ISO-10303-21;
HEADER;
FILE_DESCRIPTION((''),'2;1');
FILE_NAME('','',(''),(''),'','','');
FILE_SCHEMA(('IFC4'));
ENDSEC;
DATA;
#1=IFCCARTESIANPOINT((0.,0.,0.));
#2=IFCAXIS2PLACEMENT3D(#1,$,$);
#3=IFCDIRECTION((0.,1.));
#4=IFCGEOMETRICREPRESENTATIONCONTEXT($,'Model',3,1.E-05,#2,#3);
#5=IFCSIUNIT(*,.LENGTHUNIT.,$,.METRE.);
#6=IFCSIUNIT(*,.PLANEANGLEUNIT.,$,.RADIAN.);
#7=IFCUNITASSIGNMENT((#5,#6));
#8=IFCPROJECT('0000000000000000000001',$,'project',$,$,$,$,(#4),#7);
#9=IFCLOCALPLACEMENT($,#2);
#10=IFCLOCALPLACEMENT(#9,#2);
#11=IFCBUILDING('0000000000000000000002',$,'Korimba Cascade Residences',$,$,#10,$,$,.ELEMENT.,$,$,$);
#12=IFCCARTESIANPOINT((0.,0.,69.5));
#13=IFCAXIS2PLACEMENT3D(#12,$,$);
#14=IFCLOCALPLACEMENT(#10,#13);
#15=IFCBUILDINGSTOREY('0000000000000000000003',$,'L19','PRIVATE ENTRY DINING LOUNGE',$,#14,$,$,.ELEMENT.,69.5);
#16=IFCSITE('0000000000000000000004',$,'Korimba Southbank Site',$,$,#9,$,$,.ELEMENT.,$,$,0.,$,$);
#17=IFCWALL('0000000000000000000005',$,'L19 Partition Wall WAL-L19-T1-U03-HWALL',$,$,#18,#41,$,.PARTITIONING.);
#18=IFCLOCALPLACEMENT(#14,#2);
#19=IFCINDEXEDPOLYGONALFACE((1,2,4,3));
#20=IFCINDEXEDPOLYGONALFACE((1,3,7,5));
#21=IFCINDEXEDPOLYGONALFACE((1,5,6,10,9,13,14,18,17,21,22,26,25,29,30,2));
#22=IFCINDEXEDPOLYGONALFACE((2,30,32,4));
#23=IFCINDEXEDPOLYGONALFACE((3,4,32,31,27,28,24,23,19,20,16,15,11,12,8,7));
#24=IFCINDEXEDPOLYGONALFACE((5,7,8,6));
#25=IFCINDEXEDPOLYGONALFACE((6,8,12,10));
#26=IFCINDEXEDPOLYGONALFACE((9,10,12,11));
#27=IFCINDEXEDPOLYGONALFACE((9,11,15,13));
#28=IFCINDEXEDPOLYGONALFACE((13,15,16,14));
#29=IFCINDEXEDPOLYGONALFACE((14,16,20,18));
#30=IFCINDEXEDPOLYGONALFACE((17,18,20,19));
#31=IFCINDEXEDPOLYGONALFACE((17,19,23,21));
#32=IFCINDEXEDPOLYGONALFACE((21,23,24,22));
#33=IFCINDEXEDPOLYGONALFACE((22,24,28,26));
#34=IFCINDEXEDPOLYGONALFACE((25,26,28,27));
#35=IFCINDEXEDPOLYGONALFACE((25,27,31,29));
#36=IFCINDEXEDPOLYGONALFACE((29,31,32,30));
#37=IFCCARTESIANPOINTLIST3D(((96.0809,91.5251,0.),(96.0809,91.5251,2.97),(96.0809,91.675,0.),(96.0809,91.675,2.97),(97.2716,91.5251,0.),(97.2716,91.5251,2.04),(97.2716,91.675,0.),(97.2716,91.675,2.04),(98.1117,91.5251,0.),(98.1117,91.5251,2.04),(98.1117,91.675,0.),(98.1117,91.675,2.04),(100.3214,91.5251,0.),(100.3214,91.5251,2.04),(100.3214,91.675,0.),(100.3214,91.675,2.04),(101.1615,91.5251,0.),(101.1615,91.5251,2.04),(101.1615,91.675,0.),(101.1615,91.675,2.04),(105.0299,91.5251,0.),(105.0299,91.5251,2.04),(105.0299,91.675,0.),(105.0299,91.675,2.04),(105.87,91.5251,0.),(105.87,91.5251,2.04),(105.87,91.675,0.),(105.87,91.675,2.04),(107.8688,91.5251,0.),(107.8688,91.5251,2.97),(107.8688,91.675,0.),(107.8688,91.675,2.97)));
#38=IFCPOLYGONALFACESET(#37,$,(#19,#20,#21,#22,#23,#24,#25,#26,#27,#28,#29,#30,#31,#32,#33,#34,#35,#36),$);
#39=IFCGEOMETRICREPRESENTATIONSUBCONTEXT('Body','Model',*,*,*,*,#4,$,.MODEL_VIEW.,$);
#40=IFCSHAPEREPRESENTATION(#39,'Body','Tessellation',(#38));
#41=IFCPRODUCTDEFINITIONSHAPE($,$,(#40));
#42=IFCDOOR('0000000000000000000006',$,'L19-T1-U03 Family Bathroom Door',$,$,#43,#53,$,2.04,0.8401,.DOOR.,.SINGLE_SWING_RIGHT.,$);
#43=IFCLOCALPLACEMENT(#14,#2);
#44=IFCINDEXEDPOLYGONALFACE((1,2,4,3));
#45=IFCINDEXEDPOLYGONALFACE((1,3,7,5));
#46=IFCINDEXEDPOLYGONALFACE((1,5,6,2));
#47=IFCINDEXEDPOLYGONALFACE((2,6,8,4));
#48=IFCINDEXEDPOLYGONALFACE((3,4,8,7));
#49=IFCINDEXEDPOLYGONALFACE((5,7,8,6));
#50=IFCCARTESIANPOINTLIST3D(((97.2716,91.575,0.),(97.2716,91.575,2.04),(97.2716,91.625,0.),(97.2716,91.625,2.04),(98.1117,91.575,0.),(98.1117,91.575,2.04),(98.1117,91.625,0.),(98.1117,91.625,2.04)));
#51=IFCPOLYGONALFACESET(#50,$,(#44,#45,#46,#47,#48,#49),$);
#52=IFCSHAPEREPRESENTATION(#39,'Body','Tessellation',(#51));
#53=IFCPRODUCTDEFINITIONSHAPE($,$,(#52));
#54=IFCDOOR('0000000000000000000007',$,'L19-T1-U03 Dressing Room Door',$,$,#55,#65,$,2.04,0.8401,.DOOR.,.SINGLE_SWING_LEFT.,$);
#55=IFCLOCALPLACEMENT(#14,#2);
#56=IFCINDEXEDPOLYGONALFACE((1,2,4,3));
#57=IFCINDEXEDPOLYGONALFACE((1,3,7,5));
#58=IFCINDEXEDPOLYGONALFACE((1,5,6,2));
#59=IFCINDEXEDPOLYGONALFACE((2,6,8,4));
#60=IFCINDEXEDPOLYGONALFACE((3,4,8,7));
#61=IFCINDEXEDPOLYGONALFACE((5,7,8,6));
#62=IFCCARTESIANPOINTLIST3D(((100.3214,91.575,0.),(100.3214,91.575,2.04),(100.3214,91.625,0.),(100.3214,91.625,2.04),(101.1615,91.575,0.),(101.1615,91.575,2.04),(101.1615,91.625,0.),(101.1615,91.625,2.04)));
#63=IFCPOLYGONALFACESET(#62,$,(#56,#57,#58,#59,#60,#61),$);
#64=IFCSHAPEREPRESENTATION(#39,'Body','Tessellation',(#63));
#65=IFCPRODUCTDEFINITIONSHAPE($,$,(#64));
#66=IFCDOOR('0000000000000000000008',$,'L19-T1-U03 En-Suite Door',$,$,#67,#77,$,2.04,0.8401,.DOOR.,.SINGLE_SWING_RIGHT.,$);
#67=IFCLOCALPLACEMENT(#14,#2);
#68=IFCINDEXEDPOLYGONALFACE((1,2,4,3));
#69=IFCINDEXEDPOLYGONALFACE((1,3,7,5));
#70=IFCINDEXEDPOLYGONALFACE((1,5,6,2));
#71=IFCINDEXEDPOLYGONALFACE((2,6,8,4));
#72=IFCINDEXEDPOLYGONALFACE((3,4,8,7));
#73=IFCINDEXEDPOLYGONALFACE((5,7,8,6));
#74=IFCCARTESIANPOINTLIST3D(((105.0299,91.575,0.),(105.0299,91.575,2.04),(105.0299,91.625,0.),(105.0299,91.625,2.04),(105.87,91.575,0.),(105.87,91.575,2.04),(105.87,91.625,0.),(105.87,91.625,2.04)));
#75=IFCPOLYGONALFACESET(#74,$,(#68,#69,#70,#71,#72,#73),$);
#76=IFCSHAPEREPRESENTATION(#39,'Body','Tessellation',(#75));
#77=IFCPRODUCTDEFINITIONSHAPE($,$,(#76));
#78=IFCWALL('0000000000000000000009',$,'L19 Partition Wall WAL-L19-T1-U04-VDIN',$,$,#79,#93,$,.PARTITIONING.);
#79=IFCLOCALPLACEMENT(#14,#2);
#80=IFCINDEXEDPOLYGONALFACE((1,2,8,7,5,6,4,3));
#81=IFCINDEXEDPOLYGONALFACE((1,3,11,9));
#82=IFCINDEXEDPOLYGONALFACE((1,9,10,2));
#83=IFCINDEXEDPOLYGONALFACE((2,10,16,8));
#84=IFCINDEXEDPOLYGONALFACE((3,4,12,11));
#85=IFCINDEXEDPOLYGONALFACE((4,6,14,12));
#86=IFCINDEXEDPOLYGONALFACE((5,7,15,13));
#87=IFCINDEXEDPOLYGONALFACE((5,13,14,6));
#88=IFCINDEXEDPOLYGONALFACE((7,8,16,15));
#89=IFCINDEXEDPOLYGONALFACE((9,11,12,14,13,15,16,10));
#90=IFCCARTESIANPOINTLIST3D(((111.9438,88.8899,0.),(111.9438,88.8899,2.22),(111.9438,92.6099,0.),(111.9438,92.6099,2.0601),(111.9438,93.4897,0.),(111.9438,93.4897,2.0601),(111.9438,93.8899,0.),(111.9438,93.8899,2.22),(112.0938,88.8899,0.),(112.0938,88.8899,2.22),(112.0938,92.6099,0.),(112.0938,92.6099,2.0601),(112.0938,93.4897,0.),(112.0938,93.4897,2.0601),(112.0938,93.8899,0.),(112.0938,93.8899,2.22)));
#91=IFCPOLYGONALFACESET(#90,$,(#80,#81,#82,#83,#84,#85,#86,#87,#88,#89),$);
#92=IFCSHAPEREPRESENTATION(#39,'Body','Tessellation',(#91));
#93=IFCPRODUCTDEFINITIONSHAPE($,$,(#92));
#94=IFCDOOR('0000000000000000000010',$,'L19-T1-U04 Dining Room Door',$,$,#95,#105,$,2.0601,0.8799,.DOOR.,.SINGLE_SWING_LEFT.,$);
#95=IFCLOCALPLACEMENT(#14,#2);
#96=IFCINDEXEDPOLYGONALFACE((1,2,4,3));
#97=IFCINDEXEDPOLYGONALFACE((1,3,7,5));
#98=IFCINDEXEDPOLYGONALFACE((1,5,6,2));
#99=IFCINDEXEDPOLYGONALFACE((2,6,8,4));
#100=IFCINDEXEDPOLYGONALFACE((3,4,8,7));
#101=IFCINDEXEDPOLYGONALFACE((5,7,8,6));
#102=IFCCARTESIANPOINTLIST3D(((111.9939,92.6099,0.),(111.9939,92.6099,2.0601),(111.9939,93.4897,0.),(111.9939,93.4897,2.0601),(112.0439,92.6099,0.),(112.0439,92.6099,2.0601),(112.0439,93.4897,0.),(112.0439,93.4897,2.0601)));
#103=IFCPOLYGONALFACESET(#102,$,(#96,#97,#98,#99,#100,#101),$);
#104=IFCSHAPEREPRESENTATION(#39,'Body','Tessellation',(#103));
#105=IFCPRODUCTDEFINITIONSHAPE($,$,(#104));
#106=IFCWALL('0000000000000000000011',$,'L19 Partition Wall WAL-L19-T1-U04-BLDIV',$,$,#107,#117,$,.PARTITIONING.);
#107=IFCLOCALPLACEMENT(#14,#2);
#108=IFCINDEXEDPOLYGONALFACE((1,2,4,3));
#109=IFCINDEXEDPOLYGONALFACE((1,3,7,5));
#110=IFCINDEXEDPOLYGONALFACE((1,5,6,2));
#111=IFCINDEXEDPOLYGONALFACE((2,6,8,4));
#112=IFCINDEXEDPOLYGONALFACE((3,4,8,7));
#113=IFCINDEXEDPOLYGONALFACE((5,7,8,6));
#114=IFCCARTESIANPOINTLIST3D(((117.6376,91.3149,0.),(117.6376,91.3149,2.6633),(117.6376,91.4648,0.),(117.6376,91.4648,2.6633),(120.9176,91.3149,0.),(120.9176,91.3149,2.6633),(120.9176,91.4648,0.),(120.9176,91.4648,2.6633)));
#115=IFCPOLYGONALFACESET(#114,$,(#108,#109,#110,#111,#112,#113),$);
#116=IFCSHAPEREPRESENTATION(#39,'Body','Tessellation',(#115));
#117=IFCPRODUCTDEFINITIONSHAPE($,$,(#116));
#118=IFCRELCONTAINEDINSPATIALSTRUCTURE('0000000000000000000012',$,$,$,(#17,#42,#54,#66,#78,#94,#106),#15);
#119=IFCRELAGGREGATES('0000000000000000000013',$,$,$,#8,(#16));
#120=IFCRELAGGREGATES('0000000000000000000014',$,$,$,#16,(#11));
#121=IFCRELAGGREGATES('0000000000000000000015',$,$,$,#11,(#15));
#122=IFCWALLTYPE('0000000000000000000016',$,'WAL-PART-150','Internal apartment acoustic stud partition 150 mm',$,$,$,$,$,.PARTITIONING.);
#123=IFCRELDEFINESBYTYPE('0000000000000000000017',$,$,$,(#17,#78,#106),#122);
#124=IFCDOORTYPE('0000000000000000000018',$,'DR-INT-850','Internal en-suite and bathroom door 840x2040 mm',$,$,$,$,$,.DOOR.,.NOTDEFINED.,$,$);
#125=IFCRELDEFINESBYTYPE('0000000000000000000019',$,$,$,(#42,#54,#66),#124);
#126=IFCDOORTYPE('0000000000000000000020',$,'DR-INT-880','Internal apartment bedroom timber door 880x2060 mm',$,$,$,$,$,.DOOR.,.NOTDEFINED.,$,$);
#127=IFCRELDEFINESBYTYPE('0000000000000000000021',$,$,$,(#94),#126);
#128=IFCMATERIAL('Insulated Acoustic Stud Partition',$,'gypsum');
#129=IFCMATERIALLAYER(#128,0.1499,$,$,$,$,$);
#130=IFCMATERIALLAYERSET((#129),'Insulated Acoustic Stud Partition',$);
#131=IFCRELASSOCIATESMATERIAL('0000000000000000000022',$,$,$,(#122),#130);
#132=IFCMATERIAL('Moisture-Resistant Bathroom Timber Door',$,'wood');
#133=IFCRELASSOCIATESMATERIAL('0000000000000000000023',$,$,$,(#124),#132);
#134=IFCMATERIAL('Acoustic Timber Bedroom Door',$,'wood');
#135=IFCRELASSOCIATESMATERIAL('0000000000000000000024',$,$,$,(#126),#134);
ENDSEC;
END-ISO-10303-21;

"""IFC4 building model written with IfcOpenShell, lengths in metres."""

from ifc_helpers import new_model, si_unit, direction, frame, frame_2d, origin, place, context, subcontext, project, spatial, rectangle, extrude, material, layer, layer_set, type_object, element, fill, save


model = new_model("IFC4")

# Units and contexts
model_context = context("Model", 3, precision=1e-05, world=origin(), true_north=direction((0.0, 1.0)))
body_context = subcontext(model_context, "Body", "Model", "MODEL_VIEW")
ifc_project = project(units=[si_unit("LENGTHUNIT", "METRE"), si_unit("PLANEANGLEUNIT", "RADIAN")], contexts=[model_context])

# Site, building, storey
site_placement = place(None, origin())
site = spatial("IfcSite", under=ifc_project, at=site_placement, Name="Korimba Southbank Site", CompositionType="ELEMENT", RefElevation=0.0)
building_placement = place(site_placement, origin())
building = spatial("IfcBuilding", under=site, at=building_placement, Name="Korimba Cascade Residences", CompositionType="ELEMENT")
storey_placement = place(building_placement, frame((0.0, 0.0, 69.5)))
storey = spatial("IfcBuildingStorey", under=building, at=storey_placement, Name="L19", Description="PRIVATE ENTRY DINING LOUNGE", CompositionType="ELEMENT", Elevation=69.5)

# Shared definitions
ifc_material_1 = material(Name="Insulated Acoustic Stud Partition", Category="gypsum")
ifc_layer = layer(ifc_material_1, 0.1499)
ifc_layer_set = layer_set([ifc_layer], Name="Insulated Acoustic Stud Partition")
wall_type = type_object("IfcWallType", Name="WAL-PART-150", Description="Internal apartment acoustic stud partition 150 mm", PredefinedType="PARTITIONING", material=ifc_layer_set)

# Wall, openings, doors
wall_1_placement = place(storey_placement, frame((96.0808, 91.6001, 0.0), z_axis=(0.0, 0.0, 1.0), x_axis=(1.0, 0.0, 0.0)))
wall_1 = element("IfcWall", 1, at=wall_1_placement, inside=storey, type_object=wall_type, Name="L19 Partition Wall WAL-L19-T1-U03-HWALL", PredefinedType="PARTITIONING", context=body_context, shape_type="SweptSolid", body=[
    extrude(rectangle(XDim=11.7878, YDim=0.1499, at=frame_2d((5.894, 0.0))), origin(), (0.0, 0.0, 1.0), 2.97),
])
opening_1_placement = place(wall_1_placement, frame((1.1909, 0.0, 0.0)))
opening_1 = element("IfcOpeningElement", 2, at=opening_1_placement, cuts=wall_1, PredefinedType="OPENING", context=body_context, shape_type="SweptSolid", body=[
    extrude(rectangle(XDim=0.8401, YDim=2.04, at=frame_2d((0.4199, 1.02))), frame((0.0, 0.085, 0.0), z_axis=(0.0, -1.0, 0.0), x_axis=(1.0, 0.0, 0.0)), (0.0, 0.0, 1.0), 0.1699),
])
opening_2_placement = place(wall_1_placement, frame((4.2407, 0.0, 0.0)))
opening_2 = element("IfcOpeningElement", 3, at=opening_2_placement, cuts=wall_1, PredefinedType="OPENING", context=body_context, shape_type="SweptSolid", body=[
    extrude(rectangle(XDim=0.8401, YDim=2.04, at=frame_2d((0.4199, 1.02))), frame((0.0, 0.085, 0.0), z_axis=(0.0, -1.0, 0.0), x_axis=(1.0, 0.0, 0.0)), (0.0, 0.0, 1.0), 0.1699),
])
opening_3_placement = place(wall_1_placement, frame((8.9492, 0.0, 0.0)))
opening_3 = element("IfcOpeningElement", 4, at=opening_3_placement, cuts=wall_1, PredefinedType="OPENING", context=body_context, shape_type="SweptSolid", body=[
    extrude(rectangle(XDim=0.8401, YDim=2.04, at=frame_2d((0.4199, 1.02))), frame((0.0, 0.085, 0.0), z_axis=(0.0, -1.0, 0.0), x_axis=(1.0, 0.0, 0.0)), (0.0, 0.0, 1.0), 0.1699),
])
ifc_material_2 = material(Name="Moisture-Resistant Bathroom Timber Door", Category="wood")
door_type_1 = type_object("IfcDoorType", Name="DR-INT-850", Description="Internal en-suite and bathroom door 840x2040 mm", OperationType="NOTDEFINED", PredefinedType="DOOR", material=ifc_material_2)
door_1_placement = place(opening_1_placement, origin())
door_1 = element("IfcDoor", 5, at=door_1_placement, inside=storey, type_object=door_type_1, Name="L19-T1-U03 Family Bathroom Door", OperationType="SINGLE_SWING_RIGHT", OverallHeight=2.04, OverallWidth=0.8401, PredefinedType="DOOR", context=body_context, shape_type="SweptSolid", body=[
    extrude(rectangle(XDim=0.8401, YDim=2.04, at=frame_2d((0.4199, 1.02))), frame((0.0, 0.0249, 0.0), z_axis=(0.0, -1.0, 0.0), x_axis=(1.0, 0.0, 0.0)), (0.0, 0.0, 1.0), 0.05),
])
fill(opening_1, door_1)
door_2_placement = place(opening_2_placement, origin())
door_2 = element("IfcDoor", 6, at=door_2_placement, inside=storey, type_object=door_type_1, Name="L19-T1-U03 Dressing Room Door", OperationType="SINGLE_SWING_LEFT", OverallHeight=2.04, OverallWidth=0.8401, PredefinedType="DOOR", context=body_context, shape_type="SweptSolid", body=[
    extrude(rectangle(XDim=0.8401, YDim=2.04, at=frame_2d((0.4199, 1.02))), frame((0.0, 0.0249, 0.0), z_axis=(0.0, -1.0, 0.0), x_axis=(1.0, 0.0, 0.0)), (0.0, 0.0, 1.0), 0.05),
])
fill(opening_2, door_2)
door_3_placement = place(opening_3_placement, origin())
door_3 = element("IfcDoor", 7, at=door_3_placement, inside=storey, type_object=door_type_1, Name="L19-T1-U03 En-Suite Door", OperationType="SINGLE_SWING_RIGHT", OverallHeight=2.04, OverallWidth=0.8401, PredefinedType="DOOR", context=body_context, shape_type="SweptSolid", body=[
    extrude(rectangle(XDim=0.8401, YDim=2.04, at=frame_2d((0.4199, 1.02))), frame((0.0, 0.0249, 0.0), z_axis=(0.0, -1.0, 0.0), x_axis=(1.0, 0.0, 0.0)), (0.0, 0.0, 1.0), 0.05),
])
fill(opening_3, door_3)

# Wall, opening, door
wall_2_placement = place(storey_placement, frame((112.0188, 88.8899, 0.0), z_axis=(0.0, 0.0, 1.0), x_axis=(0.0, 1.0, 0.0)))
wall_2 = element("IfcWall", 8, at=wall_2_placement, inside=storey, type_object=wall_type, Name="L19 Partition Wall WAL-L19-T1-U04-VDIN", PredefinedType="PARTITIONING", context=body_context, shape_type="SweptSolid", body=[
    extrude(rectangle(XDim=5.0, YDim=0.1499, at=frame_2d((2.5, 0.0))), origin(), (0.0, 0.0, 1.0), 2.22),
])
opening_4_placement = place(wall_2_placement, frame((3.72, 0.0, 0.0)))
opening_4 = element("IfcOpeningElement", 9, at=opening_4_placement, cuts=wall_2, PredefinedType="OPENING", context=body_context, shape_type="SweptSolid", body=[
    extrude(rectangle(XDim=0.8799, YDim=2.0601, at=frame_2d((0.4399, 1.03))), frame((0.0, 0.085, 0.0), z_axis=(0.0, -1.0, 0.0), x_axis=(1.0, 0.0, 0.0)), (0.0, 0.0, 1.0), 0.1699),
])
ifc_material_3 = material(Name="Acoustic Timber Bedroom Door", Category="wood")
door_type_2 = type_object("IfcDoorType", Name="DR-INT-880", Description="Internal apartment bedroom timber door 880x2060 mm", OperationType="NOTDEFINED", PredefinedType="DOOR", material=ifc_material_3)
door_4_placement = place(opening_4_placement, origin())
door_4 = element("IfcDoor", 10, at=door_4_placement, inside=storey, type_object=door_type_2, Name="L19-T1-U04 Dining Room Door", OperationType="SINGLE_SWING_LEFT", OverallHeight=2.0601, OverallWidth=0.8799, PredefinedType="DOOR", context=body_context, shape_type="SweptSolid", body=[
    extrude(rectangle(XDim=0.8799, YDim=2.0601, at=frame_2d((0.4399, 1.03))), frame((0.0, 0.0249, 0.0), z_axis=(0.0, -1.0, 0.0), x_axis=(1.0, 0.0, 0.0)), (0.0, 0.0, 1.0), 0.05),
])
fill(opening_4, door_4)

# Wall
wall_3_placement = place(storey_placement, frame((117.6375, 91.3899, 0.0), z_axis=(0.0, 0.0, 1.0), x_axis=(1.0, 0.0, 0.0)))
element("IfcWall", 11, at=wall_3_placement, inside=storey, type_object=wall_type, Name="L19 Partition Wall WAL-L19-T1-U04-BLDIV", PredefinedType="PARTITIONING", context=body_context, shape_type="SweptSolid", body=[
    extrude(rectangle(XDim=3.28, YDim=0.1499, at=frame_2d((1.6401, 0.0))), origin(), (0.0, 0.0, 1.0), 2.6633),
])

save(model, "model.ifc")
